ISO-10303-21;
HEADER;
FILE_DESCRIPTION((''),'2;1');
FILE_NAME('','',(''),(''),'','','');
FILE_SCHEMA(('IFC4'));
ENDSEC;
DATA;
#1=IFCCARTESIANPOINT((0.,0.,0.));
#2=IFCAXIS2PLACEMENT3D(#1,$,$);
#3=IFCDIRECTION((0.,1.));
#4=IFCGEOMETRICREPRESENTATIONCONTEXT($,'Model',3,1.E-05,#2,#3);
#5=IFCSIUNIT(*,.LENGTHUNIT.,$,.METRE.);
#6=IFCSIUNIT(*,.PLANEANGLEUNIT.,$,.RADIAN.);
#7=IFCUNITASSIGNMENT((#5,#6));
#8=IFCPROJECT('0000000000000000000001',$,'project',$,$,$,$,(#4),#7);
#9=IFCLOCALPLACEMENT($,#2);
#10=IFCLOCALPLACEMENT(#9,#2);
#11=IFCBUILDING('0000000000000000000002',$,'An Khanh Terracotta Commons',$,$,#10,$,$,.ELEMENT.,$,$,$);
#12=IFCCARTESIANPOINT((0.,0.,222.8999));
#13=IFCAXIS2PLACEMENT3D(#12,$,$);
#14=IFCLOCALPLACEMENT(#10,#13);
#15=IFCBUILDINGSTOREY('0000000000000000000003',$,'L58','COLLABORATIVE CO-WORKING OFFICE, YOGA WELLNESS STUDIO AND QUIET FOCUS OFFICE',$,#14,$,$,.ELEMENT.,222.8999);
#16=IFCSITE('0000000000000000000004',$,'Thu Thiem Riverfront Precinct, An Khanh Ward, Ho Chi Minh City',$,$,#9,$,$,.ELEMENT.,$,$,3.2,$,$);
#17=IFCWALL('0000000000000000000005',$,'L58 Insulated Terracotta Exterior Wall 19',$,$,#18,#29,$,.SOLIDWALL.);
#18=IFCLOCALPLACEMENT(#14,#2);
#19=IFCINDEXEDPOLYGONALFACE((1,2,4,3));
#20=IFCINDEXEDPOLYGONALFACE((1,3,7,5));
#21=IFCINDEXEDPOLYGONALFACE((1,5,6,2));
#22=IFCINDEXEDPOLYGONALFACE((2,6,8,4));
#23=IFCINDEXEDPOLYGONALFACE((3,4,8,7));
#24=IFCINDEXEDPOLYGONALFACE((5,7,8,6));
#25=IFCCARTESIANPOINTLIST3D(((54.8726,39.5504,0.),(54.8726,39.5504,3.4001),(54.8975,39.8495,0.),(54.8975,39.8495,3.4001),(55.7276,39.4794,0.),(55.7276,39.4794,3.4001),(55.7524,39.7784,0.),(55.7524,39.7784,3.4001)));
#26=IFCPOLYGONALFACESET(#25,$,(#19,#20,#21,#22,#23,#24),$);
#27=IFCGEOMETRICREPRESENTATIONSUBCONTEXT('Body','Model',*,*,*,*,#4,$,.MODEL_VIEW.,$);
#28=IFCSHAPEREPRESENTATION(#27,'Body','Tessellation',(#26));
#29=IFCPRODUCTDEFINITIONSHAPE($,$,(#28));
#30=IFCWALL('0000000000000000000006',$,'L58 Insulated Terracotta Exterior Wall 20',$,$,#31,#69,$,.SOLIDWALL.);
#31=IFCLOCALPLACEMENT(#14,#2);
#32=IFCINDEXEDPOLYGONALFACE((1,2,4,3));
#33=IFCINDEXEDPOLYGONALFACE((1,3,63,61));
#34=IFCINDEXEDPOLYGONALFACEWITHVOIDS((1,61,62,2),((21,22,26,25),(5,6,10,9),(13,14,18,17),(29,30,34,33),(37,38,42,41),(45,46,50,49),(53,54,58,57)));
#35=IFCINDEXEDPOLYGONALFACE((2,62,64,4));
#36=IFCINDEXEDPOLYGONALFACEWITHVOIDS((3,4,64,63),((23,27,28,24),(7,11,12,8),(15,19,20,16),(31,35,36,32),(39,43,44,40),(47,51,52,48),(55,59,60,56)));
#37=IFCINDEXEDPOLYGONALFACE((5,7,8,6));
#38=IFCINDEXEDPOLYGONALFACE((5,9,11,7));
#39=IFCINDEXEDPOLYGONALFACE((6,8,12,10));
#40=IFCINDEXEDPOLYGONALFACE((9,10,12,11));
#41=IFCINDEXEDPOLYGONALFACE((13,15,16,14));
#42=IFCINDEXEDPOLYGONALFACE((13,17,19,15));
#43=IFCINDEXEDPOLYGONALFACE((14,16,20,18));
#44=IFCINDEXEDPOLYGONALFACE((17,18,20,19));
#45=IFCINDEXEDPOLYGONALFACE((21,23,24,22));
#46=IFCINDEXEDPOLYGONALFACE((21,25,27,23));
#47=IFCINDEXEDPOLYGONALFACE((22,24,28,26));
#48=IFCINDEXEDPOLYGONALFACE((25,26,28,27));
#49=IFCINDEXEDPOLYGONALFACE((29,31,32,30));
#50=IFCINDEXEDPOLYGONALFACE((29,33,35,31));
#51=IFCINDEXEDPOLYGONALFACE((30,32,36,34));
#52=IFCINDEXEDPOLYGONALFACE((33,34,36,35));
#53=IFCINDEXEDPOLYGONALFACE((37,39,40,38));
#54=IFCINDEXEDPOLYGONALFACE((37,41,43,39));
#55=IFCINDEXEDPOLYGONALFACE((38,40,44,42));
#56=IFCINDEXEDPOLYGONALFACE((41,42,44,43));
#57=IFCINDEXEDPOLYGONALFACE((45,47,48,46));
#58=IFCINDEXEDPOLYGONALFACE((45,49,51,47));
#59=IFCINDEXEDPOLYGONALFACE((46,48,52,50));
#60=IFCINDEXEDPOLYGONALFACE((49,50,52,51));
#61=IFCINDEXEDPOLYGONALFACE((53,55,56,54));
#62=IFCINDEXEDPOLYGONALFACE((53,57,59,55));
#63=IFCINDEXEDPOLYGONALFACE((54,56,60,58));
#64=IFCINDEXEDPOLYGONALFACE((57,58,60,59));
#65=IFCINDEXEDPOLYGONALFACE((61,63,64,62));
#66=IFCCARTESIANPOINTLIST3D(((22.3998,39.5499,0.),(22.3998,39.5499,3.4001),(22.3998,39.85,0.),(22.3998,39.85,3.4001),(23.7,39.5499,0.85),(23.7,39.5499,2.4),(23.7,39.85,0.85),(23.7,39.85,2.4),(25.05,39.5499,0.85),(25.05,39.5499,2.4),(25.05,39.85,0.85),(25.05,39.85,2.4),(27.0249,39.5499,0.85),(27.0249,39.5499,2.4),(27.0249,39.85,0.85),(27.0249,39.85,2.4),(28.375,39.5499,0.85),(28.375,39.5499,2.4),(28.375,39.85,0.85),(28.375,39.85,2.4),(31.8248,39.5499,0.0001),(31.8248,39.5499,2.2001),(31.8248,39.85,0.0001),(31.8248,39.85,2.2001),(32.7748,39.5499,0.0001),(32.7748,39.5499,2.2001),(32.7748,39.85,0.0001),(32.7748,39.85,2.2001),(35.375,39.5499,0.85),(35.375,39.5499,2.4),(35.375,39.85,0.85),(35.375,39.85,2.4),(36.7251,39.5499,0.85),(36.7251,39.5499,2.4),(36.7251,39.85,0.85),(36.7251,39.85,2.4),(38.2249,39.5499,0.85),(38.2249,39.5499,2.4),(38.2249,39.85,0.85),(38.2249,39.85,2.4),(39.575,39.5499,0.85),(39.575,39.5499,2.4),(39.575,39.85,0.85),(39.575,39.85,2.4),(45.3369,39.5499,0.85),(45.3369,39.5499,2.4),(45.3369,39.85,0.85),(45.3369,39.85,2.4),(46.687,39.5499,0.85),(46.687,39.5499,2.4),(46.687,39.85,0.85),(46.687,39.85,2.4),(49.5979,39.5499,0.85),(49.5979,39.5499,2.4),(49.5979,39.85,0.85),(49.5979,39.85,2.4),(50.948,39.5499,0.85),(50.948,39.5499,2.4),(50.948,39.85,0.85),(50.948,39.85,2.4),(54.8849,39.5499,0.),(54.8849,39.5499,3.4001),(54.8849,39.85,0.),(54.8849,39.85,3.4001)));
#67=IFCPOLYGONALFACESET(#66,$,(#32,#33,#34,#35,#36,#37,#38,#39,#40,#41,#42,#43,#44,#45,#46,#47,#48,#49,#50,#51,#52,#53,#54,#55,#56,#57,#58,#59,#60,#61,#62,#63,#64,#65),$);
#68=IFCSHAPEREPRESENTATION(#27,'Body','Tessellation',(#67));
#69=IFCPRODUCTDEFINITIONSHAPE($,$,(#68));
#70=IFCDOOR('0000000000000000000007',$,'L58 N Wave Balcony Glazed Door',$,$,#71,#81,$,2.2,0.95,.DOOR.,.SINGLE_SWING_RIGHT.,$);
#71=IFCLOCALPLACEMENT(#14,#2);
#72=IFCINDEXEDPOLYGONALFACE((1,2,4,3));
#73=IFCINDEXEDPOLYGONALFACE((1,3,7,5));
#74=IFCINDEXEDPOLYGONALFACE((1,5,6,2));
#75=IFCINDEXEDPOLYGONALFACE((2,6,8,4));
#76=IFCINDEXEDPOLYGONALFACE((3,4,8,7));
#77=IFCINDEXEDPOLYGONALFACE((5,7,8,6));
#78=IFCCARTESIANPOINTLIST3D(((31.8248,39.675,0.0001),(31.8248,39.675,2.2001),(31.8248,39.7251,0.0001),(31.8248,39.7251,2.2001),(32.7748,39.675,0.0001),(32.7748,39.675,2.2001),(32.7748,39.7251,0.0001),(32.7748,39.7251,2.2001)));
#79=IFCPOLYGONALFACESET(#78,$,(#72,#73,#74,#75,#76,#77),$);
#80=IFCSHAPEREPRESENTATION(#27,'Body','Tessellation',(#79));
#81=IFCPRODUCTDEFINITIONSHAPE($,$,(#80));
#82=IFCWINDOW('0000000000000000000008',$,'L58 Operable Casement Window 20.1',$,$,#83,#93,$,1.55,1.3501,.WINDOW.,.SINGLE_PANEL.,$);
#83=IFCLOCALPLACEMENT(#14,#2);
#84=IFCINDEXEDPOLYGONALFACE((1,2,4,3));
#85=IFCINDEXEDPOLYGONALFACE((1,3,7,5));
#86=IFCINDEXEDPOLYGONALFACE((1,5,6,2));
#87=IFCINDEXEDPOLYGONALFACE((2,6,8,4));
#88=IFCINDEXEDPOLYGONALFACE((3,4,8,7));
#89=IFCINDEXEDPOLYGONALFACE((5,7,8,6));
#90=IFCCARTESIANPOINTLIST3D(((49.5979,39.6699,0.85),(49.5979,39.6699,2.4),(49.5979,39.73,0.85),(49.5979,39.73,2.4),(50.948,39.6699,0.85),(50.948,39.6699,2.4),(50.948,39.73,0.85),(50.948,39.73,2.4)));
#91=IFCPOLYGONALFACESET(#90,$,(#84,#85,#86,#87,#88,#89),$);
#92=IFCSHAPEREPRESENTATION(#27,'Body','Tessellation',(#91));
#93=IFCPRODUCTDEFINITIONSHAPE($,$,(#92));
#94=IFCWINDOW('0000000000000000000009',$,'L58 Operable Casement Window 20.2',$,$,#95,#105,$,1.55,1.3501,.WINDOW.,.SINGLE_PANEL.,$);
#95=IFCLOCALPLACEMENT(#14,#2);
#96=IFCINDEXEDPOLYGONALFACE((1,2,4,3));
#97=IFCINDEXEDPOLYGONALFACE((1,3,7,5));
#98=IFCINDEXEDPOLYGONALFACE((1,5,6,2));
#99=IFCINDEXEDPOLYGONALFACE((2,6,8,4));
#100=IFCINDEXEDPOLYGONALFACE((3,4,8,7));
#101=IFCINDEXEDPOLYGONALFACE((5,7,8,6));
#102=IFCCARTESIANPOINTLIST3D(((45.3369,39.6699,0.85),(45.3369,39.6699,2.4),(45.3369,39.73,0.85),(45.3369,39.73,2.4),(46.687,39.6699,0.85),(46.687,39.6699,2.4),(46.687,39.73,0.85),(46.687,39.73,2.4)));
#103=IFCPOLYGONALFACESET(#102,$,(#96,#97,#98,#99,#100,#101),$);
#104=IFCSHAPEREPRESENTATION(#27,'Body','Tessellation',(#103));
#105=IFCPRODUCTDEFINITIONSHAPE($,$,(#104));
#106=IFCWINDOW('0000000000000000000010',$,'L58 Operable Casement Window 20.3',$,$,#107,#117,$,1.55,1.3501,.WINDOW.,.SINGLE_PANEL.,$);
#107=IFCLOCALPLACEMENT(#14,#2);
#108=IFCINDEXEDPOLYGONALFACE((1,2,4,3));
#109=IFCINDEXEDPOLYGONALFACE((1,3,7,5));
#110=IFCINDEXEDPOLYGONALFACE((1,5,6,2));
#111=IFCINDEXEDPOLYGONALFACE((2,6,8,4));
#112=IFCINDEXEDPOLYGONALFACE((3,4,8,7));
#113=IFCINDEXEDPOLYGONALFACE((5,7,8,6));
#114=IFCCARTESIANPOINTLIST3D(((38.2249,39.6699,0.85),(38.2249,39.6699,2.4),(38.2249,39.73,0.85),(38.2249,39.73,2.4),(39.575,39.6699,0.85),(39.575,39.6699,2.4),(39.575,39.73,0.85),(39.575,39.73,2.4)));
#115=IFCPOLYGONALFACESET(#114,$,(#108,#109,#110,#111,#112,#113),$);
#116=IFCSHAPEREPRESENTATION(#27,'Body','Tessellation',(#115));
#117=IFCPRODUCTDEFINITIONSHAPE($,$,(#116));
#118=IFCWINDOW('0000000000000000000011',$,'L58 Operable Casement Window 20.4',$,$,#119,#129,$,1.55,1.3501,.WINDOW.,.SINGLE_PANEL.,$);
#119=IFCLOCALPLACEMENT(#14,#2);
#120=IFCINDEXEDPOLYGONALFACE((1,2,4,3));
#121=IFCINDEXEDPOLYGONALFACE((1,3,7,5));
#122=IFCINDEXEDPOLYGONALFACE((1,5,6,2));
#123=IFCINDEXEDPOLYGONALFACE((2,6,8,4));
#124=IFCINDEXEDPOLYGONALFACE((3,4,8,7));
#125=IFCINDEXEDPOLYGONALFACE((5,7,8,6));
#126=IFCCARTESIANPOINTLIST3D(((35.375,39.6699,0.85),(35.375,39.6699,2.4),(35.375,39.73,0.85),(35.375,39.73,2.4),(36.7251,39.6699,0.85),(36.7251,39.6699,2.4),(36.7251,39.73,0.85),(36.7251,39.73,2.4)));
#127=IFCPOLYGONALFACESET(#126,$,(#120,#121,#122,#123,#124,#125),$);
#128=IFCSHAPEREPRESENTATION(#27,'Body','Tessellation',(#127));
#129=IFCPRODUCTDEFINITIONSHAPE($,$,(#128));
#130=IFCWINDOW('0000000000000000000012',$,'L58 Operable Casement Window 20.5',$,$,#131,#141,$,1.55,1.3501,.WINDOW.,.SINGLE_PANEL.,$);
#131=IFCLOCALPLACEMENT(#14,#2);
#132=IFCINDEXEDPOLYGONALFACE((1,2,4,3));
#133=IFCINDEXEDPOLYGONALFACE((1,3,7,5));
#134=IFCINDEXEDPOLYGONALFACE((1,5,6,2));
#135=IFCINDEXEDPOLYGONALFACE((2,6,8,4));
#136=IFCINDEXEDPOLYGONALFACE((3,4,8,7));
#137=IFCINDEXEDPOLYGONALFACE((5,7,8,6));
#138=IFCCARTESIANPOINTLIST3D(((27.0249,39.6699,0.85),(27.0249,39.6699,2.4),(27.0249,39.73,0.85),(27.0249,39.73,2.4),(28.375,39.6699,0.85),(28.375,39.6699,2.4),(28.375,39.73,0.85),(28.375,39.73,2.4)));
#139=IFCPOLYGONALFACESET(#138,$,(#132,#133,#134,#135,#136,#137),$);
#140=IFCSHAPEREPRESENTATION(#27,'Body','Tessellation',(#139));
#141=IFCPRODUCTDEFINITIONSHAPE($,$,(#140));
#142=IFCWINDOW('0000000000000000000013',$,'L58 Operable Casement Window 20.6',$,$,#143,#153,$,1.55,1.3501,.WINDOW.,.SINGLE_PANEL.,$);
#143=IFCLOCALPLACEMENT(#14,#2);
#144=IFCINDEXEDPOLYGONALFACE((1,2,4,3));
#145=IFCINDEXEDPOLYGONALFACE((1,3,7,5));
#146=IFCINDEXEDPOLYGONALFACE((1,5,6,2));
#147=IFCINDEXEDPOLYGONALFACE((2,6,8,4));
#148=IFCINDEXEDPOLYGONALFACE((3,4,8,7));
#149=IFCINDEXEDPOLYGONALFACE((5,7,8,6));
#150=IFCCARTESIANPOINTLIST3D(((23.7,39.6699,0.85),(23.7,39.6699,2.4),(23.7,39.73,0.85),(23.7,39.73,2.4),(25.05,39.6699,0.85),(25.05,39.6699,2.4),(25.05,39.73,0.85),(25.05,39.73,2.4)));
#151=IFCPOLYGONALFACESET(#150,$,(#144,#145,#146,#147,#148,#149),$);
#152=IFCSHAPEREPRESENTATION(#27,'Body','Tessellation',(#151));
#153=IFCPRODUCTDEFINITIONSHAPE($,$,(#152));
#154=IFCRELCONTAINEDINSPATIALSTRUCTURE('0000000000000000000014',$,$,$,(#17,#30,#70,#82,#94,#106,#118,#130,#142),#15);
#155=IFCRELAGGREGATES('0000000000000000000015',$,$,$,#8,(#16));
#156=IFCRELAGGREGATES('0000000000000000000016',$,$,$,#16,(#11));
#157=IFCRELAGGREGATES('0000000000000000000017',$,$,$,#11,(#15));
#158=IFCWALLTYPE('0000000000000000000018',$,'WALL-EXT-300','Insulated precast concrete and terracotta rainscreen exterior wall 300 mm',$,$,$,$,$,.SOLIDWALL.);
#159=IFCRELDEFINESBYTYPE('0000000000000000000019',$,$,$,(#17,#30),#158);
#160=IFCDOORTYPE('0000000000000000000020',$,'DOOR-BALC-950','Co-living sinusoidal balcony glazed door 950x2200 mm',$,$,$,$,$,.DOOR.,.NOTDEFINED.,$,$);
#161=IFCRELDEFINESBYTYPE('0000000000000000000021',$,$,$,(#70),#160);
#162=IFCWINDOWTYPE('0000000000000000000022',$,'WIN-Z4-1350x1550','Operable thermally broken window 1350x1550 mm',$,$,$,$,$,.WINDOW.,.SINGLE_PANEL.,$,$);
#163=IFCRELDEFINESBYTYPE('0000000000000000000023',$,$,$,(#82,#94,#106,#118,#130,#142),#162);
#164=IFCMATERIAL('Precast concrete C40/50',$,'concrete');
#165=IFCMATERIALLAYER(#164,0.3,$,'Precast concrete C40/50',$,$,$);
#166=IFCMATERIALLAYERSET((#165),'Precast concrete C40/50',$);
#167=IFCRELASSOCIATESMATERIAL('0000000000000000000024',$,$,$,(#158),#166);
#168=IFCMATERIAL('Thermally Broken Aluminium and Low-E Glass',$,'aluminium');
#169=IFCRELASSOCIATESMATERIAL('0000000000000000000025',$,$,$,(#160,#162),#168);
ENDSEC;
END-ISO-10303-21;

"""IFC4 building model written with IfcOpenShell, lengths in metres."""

from ifc_helpers import new_model, si_unit, direction, frame, frame_2d, origin, place, context, subcontext, project, spatial, rectangle, extrude, material, layer, layer_set, type_object, element, fill, save


model = new_model("IFC4")

# Units and contexts
model_context = context("Model", 3, precision=1e-05, world=origin(), true_north=direction((0.0, 1.0)))
body_context = subcontext(model_context, "Body", "Model", "MODEL_VIEW")
ifc_project = project(units=[si_unit("LENGTHUNIT", "METRE"), si_unit("PLANEANGLEUNIT", "RADIAN")], contexts=[model_context])

# Site, building, storey
site_placement = place(None, origin())
site = spatial("IfcSite", under=ifc_project, at=site_placement, Name="Thu Thiem Riverfront Precinct, An Khanh Ward, Ho Chi Minh City", CompositionType="ELEMENT", RefElevation=3.2)
building_placement = place(site_placement, origin())
building = spatial("IfcBuilding", under=site, at=building_placement, Name="An Khanh Terracotta Commons", CompositionType="ELEMENT")
storey_placement = place(building_placement, frame((0.0, 0.0, 222.8999)))
storey = spatial("IfcBuildingStorey", under=building, at=storey_placement, Name="L58", Description="COLLABORATIVE CO-WORKING OFFICE, YOGA WELLNESS STUDIO AND QUIET FOCUS OFFICE", CompositionType="ELEMENT", Elevation=222.8999)

# Wall
ifc_material_1 = material(Name="Precast concrete C40/50", Category="concrete")
ifc_layer_1 = layer(ifc_material_1, 0.3, Name="Precast concrete C40/50")
ifc_layer_set_1 = layer_set([ifc_layer_1], Name="Precast concrete C40/50")
wall_type = type_object("IfcWallType", Name="WALL-EXT-300", Description="Insulated precast concrete and terracotta rainscreen exterior wall 300 mm", PredefinedType="SOLIDWALL", material=ifc_layer_set_1)
wall_1_placement = place(storey_placement, frame((55.74, 39.6289, 0.0), z_axis=(0.0, 0.0, 1.0), x_axis=(-0.996565, 0.08281, 0.0)))
element("IfcWall", 1, at=wall_1_placement, inside=storey, type_object=wall_type, Name="L58 Insulated Terracotta Exterior Wall 19", PredefinedType="SOLIDWALL", context=body_context, shape_type="SweptSolid", body=[
    extrude(rectangle(XDim=0.8579, YDim=0.3, at=frame_2d((0.429, 0.0))), origin(), (0.0, 0.0, 1.0), 3.4001),
])

# Wall, openings, door, windows
wall_2_placement = place(storey_placement, frame((54.885, 39.7, 0.0), z_axis=(0.0, 0.0, 1.0), x_axis=(-1.0, 0.0, 0.0)))
wall_2 = element("IfcWall", 2, at=wall_2_placement, inside=storey, type_object=wall_type, Name="L58 Insulated Terracotta Exterior Wall 20", PredefinedType="SOLIDWALL", context=body_context, shape_type="SweptSolid", body=[
    extrude(rectangle(XDim=32.4851, YDim=0.3, at=frame_2d((16.2427, 0.0))), origin(), (0.0, 0.0, 1.0), 3.4001),
])
opening_1_placement = place(wall_2_placement, frame((22.1101, 0.0, 0.0)))
opening_1 = element("IfcOpeningElement", 3, at=opening_1_placement, cuts=wall_2, PredefinedType="OPENING", context=body_context, shape_type="SweptSolid", body=[
    extrude(rectangle(XDim=0.95, YDim=2.2, at=frame_2d((0.4751, 1.1001))), frame((0.0, 0.1599, 0.0), z_axis=(0.0, -1.0, 0.0), x_axis=(1.0, 0.0, 0.0)), (0.0, 0.0, 1.0), 0.3201),
])
opening_2_placement = place(wall_2_placement, frame((3.937, 0.0, 0.8501)))
opening_2 = element("IfcOpeningElement", 4, at=opening_2_placement, cuts=wall_2, PredefinedType="OPENING", context=body_context, shape_type="SweptSolid", body=[
    extrude(rectangle(XDim=1.3501, YDim=1.55, at=frame_2d((0.675, 0.7749))), frame((0.0, 0.1599, 0.0), z_axis=(0.0, -1.0, 0.0), x_axis=(1.0, 0.0, 0.0)), (0.0, 0.0, 1.0), 0.3201),
])
opening_3_placement = place(wall_2_placement, frame((8.198, 0.0, 0.8501)))
opening_3 = element("IfcOpeningElement", 5, at=opening_3_placement, cuts=wall_2, PredefinedType="OPENING", context=body_context, shape_type="SweptSolid", body=[
    extrude(rectangle(XDim=1.3501, YDim=1.55, at=frame_2d((0.675, 0.7749))), frame((0.0, 0.1599, 0.0), z_axis=(0.0, -1.0, 0.0), x_axis=(1.0, 0.0, 0.0)), (0.0, 0.0, 1.0), 0.3201),
])
opening_4_placement = place(wall_2_placement, frame((15.3101, 0.0, 0.8501)))
opening_4 = element("IfcOpeningElement", 6, at=opening_4_placement, cuts=wall_2, PredefinedType="OPENING", context=body_context, shape_type="SweptSolid", body=[
    extrude(rectangle(XDim=1.3501, YDim=1.55, at=frame_2d((0.675, 0.7749))), frame((0.0, 0.1599, 0.0), z_axis=(0.0, -1.0, 0.0), x_axis=(1.0, 0.0, 0.0)), (0.0, 0.0, 1.0), 0.3201),
])
opening_5_placement = place(wall_2_placement, frame((18.1599, 0.0, 0.8501)))
opening_5 = element("IfcOpeningElement", 7, at=opening_5_placement, cuts=wall_2, PredefinedType="OPENING", context=body_context, shape_type="SweptSolid", body=[
    extrude(rectangle(XDim=1.3501, YDim=1.55, at=frame_2d((0.675, 0.7749))), frame((0.0, 0.1599, 0.0), z_axis=(0.0, -1.0, 0.0), x_axis=(1.0, 0.0, 0.0)), (0.0, 0.0, 1.0), 0.3201),
])
opening_6_placement = place(wall_2_placement, frame((26.51, 0.0, 0.8501)))
opening_6 = element("IfcOpeningElement", 8, at=opening_6_placement, cuts=wall_2, PredefinedType="OPENING", context=body_context, shape_type="SweptSolid", body=[
    extrude(rectangle(XDim=1.3501, YDim=1.55, at=frame_2d((0.675, 0.7749))), frame((0.0, 0.1599, 0.0), z_axis=(0.0, -1.0, 0.0), x_axis=(1.0, 0.0, 0.0)), (0.0, 0.0, 1.0), 0.3201),
])
opening_7_placement = place(wall_2_placement, frame((29.835, 0.0, 0.8501)))
opening_7 = element("IfcOpeningElement", 9, at=opening_7_placement, cuts=wall_2, PredefinedType="OPENING", context=body_context, shape_type="SweptSolid", body=[
    extrude(rectangle(XDim=1.3501, YDim=1.55, at=frame_2d((0.675, 0.7749))), frame((0.0, 0.1599, 0.0), z_axis=(0.0, -1.0, 0.0), x_axis=(1.0, 0.0, 0.0)), (0.0, 0.0, 1.0), 0.3201),
])
ifc_material_2 = material(Name="Thermally Broken Aluminium and Low-E Glass", Category="aluminium")
door_type = type_object("IfcDoorType", Name="DOOR-BALC-950", Description="Co-living sinusoidal balcony glazed door 950x2200 mm", OperationType="NOTDEFINED", PredefinedType="DOOR", material=ifc_material_2)
door_placement = place(opening_1_placement, origin())
door = element("IfcDoor", 10, at=door_placement, inside=storey, type_object=door_type, Name="L58 N Wave Balcony Glazed Door", OperationType="SINGLE_SWING_RIGHT", OverallHeight=2.2, OverallWidth=0.95, PredefinedType="DOOR", context=body_context, shape_type="SweptSolid", body=[
    extrude(rectangle(XDim=0.95, YDim=2.2, at=frame_2d((0.4751, 1.1001))), frame((0.0, 0.0249, 0.0), z_axis=(0.0, -1.0, 0.0), x_axis=(1.0, 0.0, 0.0)), (0.0, 0.0, 1.0), 0.05),
])
fill(opening_1, door)
window_type = type_object("IfcWindowType", Name="WIN-Z4-1350x1550", Description="Operable thermally broken window 1350x1550 mm", PartitioningType="SINGLE_PANEL", PredefinedType="WINDOW", material=ifc_material_2)
window_1_placement = place(opening_2_placement, origin())
window_1 = element("IfcWindow", 11, at=window_1_placement, inside=storey, type_object=window_type, Name="L58 Operable Casement Window 20.1", OverallHeight=1.55, OverallWidth=1.3501, PartitioningType="SINGLE_PANEL", PredefinedType="WINDOW", context=body_context, shape_type="SweptSolid", body=[
    extrude(rectangle(XDim=1.3501, YDim=1.55, at=frame_2d((0.675, 0.7749))), frame((0.0, 0.03, 0.0), z_axis=(0.0, -1.0, 0.0), x_axis=(1.0, 0.0, 0.0)), (0.0, 0.0, 1.0), 0.0601),
])
fill(opening_2, window_1)
window_2_placement = place(opening_3_placement, origin())
window_2 = element("IfcWindow", 12, at=window_2_placement, inside=storey, type_object=window_type, Name="L58 Operable Casement Window 20.2", OverallHeight=1.55, OverallWidth=1.3501, PartitioningType="SINGLE_PANEL", PredefinedType="WINDOW", context=body_context, shape_type="SweptSolid", body=[
    extrude(rectangle(XDim=1.3501, YDim=1.55, at=frame_2d((0.675, 0.7749))), frame((0.0, 0.03, 0.0), z_axis=(0.0, -1.0, 0.0), x_axis=(1.0, 0.0, 0.0)), (0.0, 0.0, 1.0), 0.0601),
])
fill(opening_3, window_2)
window_3_placement = place(opening_4_placement, origin())
window_3 = element("IfcWindow", 13, at=window_3_placement, inside=storey, type_object=window_type, Name="L58 Operable Casement Window 20.3", OverallHeight=1.55, OverallWidth=1.3501, PartitioningType="SINGLE_PANEL", PredefinedType="WINDOW", context=body_context, shape_type="SweptSolid", body=[
    extrude(rectangle(XDim=1.3501, YDim=1.55, at=frame_2d((0.675, 0.7749))), frame((0.0, 0.03, 0.0), z_axis=(0.0, -1.0, 0.0), x_axis=(1.0, 0.0, 0.0)), (0.0, 0.0, 1.0), 0.0601),
])
fill(opening_4, window_3)
window_4_placement = place(opening_5_placement, origin())
window_4 = element("IfcWindow", 14, at=window_4_placement, inside=storey, type_object=window_type, Name="L58 Operable Casement Window 20.4", OverallHeight=1.55, OverallWidth=1.3501, PartitioningType="SINGLE_PANEL", PredefinedType="WINDOW", context=body_context, shape_type="SweptSolid", body=[
    extrude(rectangle(XDim=1.3501, YDim=1.55, at=frame_2d((0.675, 0.7749))), frame((0.0, 0.03, 0.0), z_axis=(0.0, -1.0, 0.0), x_axis=(1.0, 0.0, 0.0)), (0.0, 0.0, 1.0), 0.0601),
])
fill(opening_5, window_4)
window_5_placement = place(opening_6_placement, origin())
window_5 = element("IfcWindow", 15, at=window_5_placement, inside=storey, type_object=window_type, Name="L58 Operable Casement Window 20.5", OverallHeight=1.55, OverallWidth=1.3501, PartitioningType="SINGLE_PANEL", PredefinedType="WINDOW", context=body_context, shape_type="SweptSolid", body=[
    extrude(rectangle(XDim=1.3501, YDim=1.55, at=frame_2d((0.675, 0.7749))), frame((0.0, 0.03, 0.0), z_axis=(0.0, -1.0, 0.0), x_axis=(1.0, 0.0, 0.0)), (0.0, 0.0, 1.0), 0.0601),
])
fill(opening_6, window_5)
window_6_placement = place(opening_7_placement, origin())
window_6 = element("IfcWindow", 16, at=window_6_placement, inside=storey, type_object=window_type, Name="L58 Operable Casement Window 20.6", OverallHeight=1.55, OverallWidth=1.3501, PartitioningType="SINGLE_PANEL", PredefinedType="WINDOW", context=body_context, shape_type="SweptSolid", body=[
    extrude(rectangle(XDim=1.3501, YDim=1.55, at=frame_2d((0.675, 0.7749))), frame((0.0, 0.03, 0.0), z_axis=(0.0, -1.0, 0.0), x_axis=(1.0, 0.0, 0.0)), (0.0, 0.0, 1.0), 0.0601),
])
fill(opening_7, window_6)

save(model, "model.ifc")
